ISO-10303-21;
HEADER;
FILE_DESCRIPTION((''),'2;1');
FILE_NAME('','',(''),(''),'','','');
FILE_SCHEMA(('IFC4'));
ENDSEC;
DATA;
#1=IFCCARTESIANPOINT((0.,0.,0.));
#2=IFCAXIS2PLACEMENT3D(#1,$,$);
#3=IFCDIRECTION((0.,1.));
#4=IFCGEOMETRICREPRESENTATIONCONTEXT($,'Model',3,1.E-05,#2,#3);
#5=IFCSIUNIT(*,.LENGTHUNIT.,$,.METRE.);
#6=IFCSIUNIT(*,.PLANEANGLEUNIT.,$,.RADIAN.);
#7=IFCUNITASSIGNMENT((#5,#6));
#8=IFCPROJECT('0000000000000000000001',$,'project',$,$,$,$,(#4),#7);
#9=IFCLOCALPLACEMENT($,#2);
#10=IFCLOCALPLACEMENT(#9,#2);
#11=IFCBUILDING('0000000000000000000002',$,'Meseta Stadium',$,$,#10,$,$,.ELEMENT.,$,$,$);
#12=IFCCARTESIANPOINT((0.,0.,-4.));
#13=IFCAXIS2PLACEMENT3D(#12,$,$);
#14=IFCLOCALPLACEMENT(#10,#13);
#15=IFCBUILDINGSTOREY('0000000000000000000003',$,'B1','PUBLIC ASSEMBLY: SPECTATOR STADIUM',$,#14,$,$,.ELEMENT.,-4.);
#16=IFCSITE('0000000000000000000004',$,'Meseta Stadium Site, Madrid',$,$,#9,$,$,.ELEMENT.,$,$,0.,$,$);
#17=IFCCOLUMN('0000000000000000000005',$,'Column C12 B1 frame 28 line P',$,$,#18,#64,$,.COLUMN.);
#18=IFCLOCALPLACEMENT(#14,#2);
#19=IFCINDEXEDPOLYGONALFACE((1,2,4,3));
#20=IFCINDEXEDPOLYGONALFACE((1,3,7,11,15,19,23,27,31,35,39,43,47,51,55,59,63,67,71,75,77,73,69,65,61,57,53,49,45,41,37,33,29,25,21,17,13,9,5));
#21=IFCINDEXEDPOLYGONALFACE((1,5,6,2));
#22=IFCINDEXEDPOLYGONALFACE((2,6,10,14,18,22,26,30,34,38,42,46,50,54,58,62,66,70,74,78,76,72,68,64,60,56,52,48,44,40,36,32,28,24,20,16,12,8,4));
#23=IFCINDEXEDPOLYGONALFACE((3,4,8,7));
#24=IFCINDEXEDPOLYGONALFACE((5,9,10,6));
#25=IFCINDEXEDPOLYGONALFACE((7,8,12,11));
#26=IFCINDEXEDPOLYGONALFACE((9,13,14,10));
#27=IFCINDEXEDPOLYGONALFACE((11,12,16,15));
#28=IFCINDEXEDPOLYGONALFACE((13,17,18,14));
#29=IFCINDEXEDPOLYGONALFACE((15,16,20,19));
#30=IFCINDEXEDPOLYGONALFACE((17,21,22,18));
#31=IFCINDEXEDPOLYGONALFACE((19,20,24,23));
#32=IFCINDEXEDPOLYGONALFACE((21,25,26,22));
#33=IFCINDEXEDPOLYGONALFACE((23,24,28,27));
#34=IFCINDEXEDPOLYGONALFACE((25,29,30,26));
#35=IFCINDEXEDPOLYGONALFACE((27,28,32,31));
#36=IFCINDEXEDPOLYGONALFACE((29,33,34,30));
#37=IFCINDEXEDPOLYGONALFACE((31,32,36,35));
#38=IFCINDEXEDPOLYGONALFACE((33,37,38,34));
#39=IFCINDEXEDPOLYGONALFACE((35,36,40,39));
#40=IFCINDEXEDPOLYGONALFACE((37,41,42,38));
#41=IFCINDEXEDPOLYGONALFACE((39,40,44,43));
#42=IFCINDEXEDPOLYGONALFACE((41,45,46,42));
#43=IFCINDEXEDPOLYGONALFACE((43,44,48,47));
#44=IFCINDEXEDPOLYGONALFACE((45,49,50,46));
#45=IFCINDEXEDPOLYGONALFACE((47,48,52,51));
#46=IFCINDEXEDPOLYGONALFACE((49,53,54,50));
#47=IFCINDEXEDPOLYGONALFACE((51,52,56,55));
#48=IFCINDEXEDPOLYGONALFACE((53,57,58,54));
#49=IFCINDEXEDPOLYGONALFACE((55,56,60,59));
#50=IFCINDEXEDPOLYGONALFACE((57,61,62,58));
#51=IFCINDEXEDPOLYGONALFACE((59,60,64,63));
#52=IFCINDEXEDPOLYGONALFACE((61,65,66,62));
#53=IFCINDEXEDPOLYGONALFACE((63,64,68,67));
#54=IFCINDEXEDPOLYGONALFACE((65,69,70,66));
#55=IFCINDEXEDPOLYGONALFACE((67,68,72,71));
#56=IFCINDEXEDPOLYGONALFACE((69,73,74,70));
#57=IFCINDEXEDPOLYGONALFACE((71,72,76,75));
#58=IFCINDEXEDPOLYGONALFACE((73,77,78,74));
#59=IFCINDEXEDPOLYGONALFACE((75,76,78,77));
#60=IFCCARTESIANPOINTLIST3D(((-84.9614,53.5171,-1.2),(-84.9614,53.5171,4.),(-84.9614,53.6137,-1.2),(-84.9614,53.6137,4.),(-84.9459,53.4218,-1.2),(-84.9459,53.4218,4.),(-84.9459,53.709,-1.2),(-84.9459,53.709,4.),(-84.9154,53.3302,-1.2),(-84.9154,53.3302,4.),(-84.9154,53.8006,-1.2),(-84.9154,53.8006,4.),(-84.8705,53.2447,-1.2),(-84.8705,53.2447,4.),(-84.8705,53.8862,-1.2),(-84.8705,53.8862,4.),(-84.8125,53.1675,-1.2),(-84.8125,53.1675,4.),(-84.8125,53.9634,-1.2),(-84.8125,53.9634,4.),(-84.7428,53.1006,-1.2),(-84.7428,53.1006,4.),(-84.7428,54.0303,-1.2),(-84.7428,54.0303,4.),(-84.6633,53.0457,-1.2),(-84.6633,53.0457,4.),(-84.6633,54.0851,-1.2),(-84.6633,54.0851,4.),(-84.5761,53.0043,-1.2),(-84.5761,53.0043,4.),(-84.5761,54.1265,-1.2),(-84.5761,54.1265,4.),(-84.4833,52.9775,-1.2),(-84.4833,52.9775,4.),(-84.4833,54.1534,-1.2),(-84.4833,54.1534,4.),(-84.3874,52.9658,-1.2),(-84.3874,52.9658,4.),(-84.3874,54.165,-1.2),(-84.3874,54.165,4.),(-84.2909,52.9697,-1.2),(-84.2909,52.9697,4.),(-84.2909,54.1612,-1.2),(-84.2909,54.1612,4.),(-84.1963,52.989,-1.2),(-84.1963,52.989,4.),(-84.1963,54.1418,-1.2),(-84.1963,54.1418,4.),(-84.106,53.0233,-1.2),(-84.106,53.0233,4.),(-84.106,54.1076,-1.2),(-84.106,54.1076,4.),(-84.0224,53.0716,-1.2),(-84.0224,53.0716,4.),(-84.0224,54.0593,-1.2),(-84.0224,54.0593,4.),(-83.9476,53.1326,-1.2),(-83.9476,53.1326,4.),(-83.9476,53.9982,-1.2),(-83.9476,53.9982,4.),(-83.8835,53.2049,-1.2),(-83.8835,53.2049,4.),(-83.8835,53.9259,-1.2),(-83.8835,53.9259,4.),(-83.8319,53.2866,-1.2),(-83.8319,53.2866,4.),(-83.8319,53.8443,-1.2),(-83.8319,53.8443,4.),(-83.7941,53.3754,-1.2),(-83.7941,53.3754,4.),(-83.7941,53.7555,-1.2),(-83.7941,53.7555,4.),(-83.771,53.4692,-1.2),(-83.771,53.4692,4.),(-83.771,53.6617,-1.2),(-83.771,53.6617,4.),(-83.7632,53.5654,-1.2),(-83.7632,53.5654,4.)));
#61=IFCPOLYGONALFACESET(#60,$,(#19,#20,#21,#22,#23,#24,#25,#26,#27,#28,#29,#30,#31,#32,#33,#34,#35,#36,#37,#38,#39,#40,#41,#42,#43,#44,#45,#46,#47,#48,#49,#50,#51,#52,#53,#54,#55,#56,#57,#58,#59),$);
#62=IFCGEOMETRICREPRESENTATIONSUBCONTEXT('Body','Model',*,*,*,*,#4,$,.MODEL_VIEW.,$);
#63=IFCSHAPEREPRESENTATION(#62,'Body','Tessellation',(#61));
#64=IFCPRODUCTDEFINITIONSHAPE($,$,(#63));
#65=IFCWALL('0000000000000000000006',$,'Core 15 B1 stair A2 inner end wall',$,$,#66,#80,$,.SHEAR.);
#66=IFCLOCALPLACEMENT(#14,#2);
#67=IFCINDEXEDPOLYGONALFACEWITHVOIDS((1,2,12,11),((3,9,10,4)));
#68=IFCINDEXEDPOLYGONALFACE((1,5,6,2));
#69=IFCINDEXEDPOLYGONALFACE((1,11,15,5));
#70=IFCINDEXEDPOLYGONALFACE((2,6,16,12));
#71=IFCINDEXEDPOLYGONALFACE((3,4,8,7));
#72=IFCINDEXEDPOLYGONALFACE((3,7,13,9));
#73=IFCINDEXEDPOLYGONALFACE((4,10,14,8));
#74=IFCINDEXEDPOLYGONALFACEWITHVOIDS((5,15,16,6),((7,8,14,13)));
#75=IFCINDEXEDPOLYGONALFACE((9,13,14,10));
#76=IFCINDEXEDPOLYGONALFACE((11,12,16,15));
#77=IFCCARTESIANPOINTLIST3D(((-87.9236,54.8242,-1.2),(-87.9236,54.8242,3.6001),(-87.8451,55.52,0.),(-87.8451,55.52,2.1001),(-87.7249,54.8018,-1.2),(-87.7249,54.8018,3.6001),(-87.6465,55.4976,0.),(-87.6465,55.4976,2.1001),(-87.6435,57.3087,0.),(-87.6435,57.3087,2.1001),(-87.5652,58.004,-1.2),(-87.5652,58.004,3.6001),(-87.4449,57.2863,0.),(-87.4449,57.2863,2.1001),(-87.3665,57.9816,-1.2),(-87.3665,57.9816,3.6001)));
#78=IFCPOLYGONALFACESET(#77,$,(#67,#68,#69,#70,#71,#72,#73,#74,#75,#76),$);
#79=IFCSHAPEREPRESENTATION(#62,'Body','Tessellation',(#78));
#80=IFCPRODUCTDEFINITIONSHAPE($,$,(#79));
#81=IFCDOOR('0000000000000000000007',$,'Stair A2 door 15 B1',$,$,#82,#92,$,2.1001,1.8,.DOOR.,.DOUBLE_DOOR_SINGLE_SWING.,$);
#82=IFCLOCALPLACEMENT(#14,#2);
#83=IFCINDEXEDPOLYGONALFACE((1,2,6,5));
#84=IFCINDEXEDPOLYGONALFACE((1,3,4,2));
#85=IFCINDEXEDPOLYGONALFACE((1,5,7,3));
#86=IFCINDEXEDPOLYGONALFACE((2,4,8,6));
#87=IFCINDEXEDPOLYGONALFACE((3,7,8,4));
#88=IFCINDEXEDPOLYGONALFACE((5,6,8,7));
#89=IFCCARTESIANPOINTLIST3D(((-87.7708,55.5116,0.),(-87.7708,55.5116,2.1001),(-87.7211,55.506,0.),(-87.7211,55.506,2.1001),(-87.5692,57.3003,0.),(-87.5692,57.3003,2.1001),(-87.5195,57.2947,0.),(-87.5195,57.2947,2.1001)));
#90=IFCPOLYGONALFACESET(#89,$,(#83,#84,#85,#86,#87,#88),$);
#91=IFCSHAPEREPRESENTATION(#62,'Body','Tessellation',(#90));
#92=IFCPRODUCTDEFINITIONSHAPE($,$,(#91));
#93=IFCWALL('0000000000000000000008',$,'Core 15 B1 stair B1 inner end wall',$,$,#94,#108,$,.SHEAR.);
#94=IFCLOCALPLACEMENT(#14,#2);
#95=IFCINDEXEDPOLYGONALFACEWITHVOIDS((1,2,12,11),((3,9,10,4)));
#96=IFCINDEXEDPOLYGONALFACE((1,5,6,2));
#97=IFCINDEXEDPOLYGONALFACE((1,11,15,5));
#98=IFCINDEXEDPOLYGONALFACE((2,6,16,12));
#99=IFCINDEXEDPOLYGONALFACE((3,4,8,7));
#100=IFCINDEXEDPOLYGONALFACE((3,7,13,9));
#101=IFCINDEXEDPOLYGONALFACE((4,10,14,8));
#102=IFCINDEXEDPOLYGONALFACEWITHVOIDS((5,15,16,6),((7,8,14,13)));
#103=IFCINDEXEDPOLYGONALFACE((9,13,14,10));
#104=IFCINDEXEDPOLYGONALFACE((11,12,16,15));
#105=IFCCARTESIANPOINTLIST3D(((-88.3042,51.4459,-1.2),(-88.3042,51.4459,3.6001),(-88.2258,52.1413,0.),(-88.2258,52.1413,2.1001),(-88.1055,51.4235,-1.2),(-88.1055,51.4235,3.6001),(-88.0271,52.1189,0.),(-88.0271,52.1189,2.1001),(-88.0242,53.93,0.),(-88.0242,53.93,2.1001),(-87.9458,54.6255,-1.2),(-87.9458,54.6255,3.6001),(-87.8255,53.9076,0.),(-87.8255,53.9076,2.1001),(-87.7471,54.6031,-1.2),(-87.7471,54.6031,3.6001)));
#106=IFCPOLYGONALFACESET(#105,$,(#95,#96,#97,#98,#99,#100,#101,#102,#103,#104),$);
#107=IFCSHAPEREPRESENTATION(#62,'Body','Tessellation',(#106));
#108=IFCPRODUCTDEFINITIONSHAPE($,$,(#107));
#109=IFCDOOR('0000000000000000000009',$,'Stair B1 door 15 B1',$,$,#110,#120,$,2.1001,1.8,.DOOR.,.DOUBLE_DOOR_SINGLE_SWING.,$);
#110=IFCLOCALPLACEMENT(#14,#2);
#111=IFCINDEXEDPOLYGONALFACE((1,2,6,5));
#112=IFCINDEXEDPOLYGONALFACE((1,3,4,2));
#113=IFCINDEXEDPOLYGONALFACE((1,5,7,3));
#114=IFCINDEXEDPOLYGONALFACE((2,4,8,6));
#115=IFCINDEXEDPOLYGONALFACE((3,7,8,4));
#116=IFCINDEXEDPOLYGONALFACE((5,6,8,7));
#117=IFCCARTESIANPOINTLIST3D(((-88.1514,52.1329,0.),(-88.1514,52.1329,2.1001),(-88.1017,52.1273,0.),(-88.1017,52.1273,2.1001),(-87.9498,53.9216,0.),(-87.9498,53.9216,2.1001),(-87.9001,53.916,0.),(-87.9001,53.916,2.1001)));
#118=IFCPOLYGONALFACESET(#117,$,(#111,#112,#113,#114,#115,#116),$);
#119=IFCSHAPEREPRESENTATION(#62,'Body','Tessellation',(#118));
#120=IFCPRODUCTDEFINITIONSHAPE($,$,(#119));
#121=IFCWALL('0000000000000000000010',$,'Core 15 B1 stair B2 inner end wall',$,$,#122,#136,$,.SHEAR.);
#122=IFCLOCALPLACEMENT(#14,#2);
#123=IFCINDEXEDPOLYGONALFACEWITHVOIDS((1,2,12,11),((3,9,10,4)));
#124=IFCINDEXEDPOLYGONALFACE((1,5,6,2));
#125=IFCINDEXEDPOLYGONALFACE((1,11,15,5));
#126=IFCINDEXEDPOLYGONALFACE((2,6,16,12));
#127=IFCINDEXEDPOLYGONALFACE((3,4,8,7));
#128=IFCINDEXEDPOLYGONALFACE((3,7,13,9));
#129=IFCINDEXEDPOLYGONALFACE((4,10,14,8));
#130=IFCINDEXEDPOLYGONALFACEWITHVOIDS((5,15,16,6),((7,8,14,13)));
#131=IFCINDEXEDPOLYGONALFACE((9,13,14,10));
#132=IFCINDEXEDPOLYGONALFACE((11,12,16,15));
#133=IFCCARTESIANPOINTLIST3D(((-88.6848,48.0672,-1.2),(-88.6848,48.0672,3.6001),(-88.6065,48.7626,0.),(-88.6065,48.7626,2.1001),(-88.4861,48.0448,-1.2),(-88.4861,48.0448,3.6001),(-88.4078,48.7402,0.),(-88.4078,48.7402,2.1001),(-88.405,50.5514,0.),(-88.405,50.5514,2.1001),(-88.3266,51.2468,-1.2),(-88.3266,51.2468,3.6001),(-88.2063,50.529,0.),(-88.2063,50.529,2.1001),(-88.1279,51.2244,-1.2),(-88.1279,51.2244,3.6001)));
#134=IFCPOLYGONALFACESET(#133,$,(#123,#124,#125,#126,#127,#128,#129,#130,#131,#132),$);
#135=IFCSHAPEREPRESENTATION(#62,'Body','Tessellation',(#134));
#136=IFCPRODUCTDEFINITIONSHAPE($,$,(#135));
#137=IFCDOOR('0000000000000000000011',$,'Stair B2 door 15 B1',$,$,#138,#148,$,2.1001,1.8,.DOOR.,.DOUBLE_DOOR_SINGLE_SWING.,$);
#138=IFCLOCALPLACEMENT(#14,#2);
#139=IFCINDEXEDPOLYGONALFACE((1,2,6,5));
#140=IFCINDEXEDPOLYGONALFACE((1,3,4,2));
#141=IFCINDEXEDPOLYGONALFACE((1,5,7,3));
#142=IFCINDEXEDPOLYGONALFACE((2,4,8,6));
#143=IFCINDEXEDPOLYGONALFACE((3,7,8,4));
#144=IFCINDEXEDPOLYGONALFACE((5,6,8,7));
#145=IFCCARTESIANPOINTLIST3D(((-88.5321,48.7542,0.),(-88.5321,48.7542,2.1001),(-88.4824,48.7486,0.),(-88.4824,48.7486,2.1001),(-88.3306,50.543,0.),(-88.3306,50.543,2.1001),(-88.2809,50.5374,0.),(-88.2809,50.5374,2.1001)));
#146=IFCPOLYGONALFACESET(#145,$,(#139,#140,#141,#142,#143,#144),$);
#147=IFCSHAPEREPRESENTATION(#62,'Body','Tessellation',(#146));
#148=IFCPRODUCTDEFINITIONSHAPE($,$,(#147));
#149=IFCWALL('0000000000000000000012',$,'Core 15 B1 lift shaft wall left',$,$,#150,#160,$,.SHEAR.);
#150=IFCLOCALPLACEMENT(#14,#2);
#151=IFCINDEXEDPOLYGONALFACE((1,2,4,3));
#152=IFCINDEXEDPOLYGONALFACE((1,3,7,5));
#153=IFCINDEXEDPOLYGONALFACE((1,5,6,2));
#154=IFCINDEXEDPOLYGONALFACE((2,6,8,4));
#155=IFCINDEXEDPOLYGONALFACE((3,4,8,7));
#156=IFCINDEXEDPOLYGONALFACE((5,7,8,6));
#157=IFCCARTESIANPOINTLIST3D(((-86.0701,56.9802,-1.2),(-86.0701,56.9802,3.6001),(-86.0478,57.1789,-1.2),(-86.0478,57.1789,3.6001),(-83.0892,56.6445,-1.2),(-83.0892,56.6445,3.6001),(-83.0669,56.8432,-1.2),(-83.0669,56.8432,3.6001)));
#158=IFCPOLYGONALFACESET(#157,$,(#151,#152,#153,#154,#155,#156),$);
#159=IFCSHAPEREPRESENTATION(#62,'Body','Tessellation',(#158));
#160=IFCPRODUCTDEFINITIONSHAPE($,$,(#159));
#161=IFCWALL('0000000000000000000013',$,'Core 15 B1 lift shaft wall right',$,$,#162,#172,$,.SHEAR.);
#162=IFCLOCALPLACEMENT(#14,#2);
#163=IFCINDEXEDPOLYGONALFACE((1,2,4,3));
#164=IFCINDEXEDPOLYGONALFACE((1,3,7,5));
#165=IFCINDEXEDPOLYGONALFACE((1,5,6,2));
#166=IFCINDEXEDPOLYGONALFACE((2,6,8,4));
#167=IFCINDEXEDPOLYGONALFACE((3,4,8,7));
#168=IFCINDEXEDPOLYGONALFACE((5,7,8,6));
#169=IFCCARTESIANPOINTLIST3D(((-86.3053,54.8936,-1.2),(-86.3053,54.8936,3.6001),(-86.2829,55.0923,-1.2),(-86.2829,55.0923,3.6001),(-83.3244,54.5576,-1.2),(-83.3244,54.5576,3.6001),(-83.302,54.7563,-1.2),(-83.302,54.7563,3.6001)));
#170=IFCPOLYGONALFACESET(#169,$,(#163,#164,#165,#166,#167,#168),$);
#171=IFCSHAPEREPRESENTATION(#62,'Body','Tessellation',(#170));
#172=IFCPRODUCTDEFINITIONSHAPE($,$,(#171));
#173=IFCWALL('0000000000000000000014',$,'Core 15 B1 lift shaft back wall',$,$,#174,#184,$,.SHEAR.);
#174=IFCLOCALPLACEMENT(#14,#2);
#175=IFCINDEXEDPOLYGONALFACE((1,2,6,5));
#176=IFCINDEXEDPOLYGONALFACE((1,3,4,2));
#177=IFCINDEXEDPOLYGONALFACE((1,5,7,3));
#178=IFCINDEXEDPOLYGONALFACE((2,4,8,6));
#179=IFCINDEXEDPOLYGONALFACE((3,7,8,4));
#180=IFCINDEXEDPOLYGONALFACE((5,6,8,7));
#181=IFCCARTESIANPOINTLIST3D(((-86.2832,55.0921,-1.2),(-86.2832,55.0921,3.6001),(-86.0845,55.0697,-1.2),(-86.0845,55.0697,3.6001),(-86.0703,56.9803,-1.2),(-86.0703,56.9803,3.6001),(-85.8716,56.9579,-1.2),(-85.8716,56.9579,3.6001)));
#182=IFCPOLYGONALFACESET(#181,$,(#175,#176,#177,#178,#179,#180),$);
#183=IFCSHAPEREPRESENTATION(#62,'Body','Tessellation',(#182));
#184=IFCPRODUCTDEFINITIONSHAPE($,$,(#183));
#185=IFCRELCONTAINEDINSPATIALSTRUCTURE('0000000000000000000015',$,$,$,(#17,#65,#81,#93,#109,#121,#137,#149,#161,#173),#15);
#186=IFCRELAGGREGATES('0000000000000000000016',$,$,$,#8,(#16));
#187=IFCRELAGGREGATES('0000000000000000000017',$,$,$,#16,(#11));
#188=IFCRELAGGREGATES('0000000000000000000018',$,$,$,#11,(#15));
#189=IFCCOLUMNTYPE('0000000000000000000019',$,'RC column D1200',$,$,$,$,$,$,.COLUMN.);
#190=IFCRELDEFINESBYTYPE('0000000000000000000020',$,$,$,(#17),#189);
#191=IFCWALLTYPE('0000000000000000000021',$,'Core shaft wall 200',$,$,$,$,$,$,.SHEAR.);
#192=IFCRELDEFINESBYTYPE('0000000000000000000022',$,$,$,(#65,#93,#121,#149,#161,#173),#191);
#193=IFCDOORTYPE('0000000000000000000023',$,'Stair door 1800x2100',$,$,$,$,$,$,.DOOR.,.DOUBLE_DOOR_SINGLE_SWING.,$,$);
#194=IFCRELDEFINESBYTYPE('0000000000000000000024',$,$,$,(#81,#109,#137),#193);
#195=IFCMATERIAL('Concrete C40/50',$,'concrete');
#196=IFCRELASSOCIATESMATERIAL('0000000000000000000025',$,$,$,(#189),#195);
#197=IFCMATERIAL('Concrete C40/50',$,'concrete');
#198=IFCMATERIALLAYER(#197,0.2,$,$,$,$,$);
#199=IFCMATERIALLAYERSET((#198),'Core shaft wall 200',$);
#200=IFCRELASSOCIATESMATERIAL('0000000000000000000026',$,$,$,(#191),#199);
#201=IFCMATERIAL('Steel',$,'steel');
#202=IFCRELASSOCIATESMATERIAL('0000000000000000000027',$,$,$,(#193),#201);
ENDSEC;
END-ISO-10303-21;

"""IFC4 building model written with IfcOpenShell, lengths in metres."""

from ifc_helpers import new_model, si_unit, direction, frame, frame_2d, origin, origin_2d, place, context, subcontext, project, spatial, rectangle, circle, extrude, material, layer, layer_set, material_profile, profile_set, type_object, element, fill, save


model = new_model("IFC4")

# Units and contexts
model_context = context("Model", 3, precision=1e-05, world=origin(), true_north=direction((0.0, 1.0)))
body_context = subcontext(model_context, "Body", "Model", "MODEL_VIEW")
ifc_project = project(units=[si_unit("LENGTHUNIT", "METRE"), si_unit("PLANEANGLEUNIT", "RADIAN")], contexts=[model_context])

# Site, building, storey
site_placement = place(None, origin())
site = spatial("IfcSite", under=ifc_project, at=site_placement, Name="Meseta Stadium Site, Madrid", CompositionType="ELEMENT", RefElevation=0.0)
building_placement = place(site_placement, origin())
building = spatial("IfcBuilding", under=site, at=building_placement, Name="Meseta Stadium", CompositionType="ELEMENT")
storey_placement = place(building_placement, frame((0.0, 0.0, -4.0)))
storey = spatial("IfcBuildingStorey", under=building, at=storey_placement, Name="B1", Description="PUBLIC ASSEMBLY: SPECTATOR STADIUM", CompositionType="ELEMENT", Elevation=-4.0)

# Column
ifc_material_1 = material(Name="Concrete C40/50", Category="concrete")
ifc_material_profile = material_profile(ifc_material_1, circle(Radius=0.6001, at=origin_2d()), Name="RC D1200")
ifc_profile_set = profile_set([ifc_material_profile], Name="Concrete C40/50")
column_type = type_object("IfcColumnType", Name="RC column D1200", PredefinedType="COLUMN", material=ifc_profile_set)
column_placement = place(storey_placement, frame((-84.3633, 53.5654, -1.2), z_axis=(0.0, 0.0, 1.0), x_axis=(1.0, 0.0, 0.0)))
element("IfcColumn", 1, at=column_placement, inside=storey, type_object=column_type, Name="Column C12 B1 frame 28 line P", PredefinedType="COLUMN", context=body_context, shape_type="SweptSolid", body=[
    extrude(circle(Radius=0.6001, at=origin_2d()), origin(), (0.0, 0.0, 1.0), 5.2),
])

# Walls, openings, doors
ifc_material_2 = material(Name="Concrete C40/50", Category="concrete")
ifc_layer_1 = layer(ifc_material_2, 0.2)
ifc_layer_set_1 = layer_set([ifc_layer_1], Name="Core shaft wall 200")
wall_type_1 = type_object("IfcWallType", Name="Core shaft wall 200", PredefinedType="SHEAR", material=ifc_layer_set_1)
wall_1_placement = place(storey_placement, frame((-87.4658, 57.9929, -1.2), z_axis=(0.0, 0.0, 1.0), x_axis=(-0.111997, -0.993709, 0.0)))
wall_1 = element("IfcWall", 2, at=wall_1_placement, inside=storey, type_object=wall_type_1, Name="Core 15 B1 stair A2 inner end wall", PredefinedType="SHEAR", context=body_context, shape_type="SweptSolid", body=[
    extrude(rectangle(XDim=3.2, YDim=0.2, at=frame_2d((1.6001, 0.0))), origin(), (0.0, 0.0, 1.0), 4.8),
])
opening_1_placement = place(wall_1_placement, frame((0.7, 0.0, 1.2)))
opening_1 = element("IfcOpeningElement", 3, at=opening_1_placement, cuts=wall_1, PredefinedType="OPENING", context=body_context, shape_type="SweptSolid", body=[
    extrude(rectangle(XDim=1.8, YDim=2.1001, at=frame_2d((0.8999, 1.05))), frame((0.0, 0.1099, 0.0), z_axis=(0.0, -1.0, 0.0), x_axis=(1.0, 0.0, 0.0)), (0.0, 0.0, 1.0), 0.22),
])
ifc_material_3 = material(Name="Steel", Category="steel")
door_type_1 = type_object("IfcDoorType", Name="Stair door 1800x2100", OperationType="DOUBLE_DOOR_SINGLE_SWING", PredefinedType="DOOR", material=ifc_material_3)
door_1_placement = place(opening_1_placement, origin())
door_1 = element("IfcDoor", 4, at=door_1_placement, inside=storey, type_object=door_type_1, Name="Stair A2 door 15 B1", OperationType="DOUBLE_DOOR_SINGLE_SWING", OverallHeight=2.1001, OverallWidth=1.8, PredefinedType="DOOR", context=body_context, shape_type="SweptSolid", body=[
    extrude(rectangle(XDim=1.8, YDim=2.1001, at=frame_2d((0.8999, 1.05))), frame((0.0, 0.0249, 0.0), z_axis=(0.0, -1.0, 0.0), x_axis=(1.0, 0.0, 0.0)), (0.0, 0.0, 1.0), 0.05),
])
fill(opening_1, door_1)
wall_2_placement = place(storey_placement, frame((-87.8464, 54.6143, -1.2), z_axis=(0.0, 0.0, 1.0), x_axis=(-0.112006, -0.993708, 0.0)))
wall_2 = element("IfcWall", 5, at=wall_2_placement, inside=storey, type_object=wall_type_1, Name="Core 15 B1 stair B1 inner end wall", PredefinedType="SHEAR", context=body_context, shape_type="SweptSolid", body=[
    extrude(rectangle(XDim=3.1997, YDim=0.2, at=frame_2d((1.5999, 0.0))), origin(), (0.0, 0.0, 1.0), 4.8),
])
opening_2_placement = place(wall_2_placement, frame((0.7, 0.0, 1.2)))
opening_2 = element("IfcOpeningElement", 6, at=opening_2_placement, cuts=wall_2, PredefinedType="OPENING", context=body_context, shape_type="SweptSolid", body=[
    extrude(rectangle(XDim=1.8, YDim=2.1001, at=frame_2d((0.8999, 1.05))), frame((0.0, 0.1099, 0.0), z_axis=(0.0, -1.0, 0.0), x_axis=(1.0, 0.0, 0.0)), (0.0, 0.0, 1.0), 0.22),
])
door_2_placement = place(opening_2_placement, origin())
door_2 = element("IfcDoor", 7, at=door_2_placement, inside=storey, type_object=door_type_1, Name="Stair B1 door 15 B1", OperationType="DOUBLE_DOOR_SINGLE_SWING", OverallHeight=2.1001, OverallWidth=1.8, PredefinedType="DOOR", context=body_context, shape_type="SweptSolid", body=[
    extrude(rectangle(XDim=1.8, YDim=2.1001, at=frame_2d((0.8999, 1.05))), frame((0.0, 0.0249, 0.0), z_axis=(0.0, -1.0, 0.0), x_axis=(1.0, 0.0, 0.0)), (0.0, 0.0, 1.0), 0.05),
])
fill(opening_2, door_2)
wall_3_placement = place(storey_placement, frame((-88.2273, 51.2356, -1.2), z_axis=(0.0, 0.0, 1.0), x_axis=(-0.11193, -0.993716, 0.0)))
wall_3 = element("IfcWall", 8, at=wall_3_placement, inside=storey, type_object=wall_type_1, Name="Core 15 B1 stair B2 inner end wall", PredefinedType="SHEAR", context=body_context, shape_type="SweptSolid", body=[
    extrude(rectangle(XDim=3.1997, YDim=0.2, at=frame_2d((1.5999, 0.0))), origin(), (0.0, 0.0, 1.0), 4.8),
])
opening_3_placement = place(wall_3_placement, frame((0.7, 0.0, 1.2)))
opening_3 = element("IfcOpeningElement", 9, at=opening_3_placement, cuts=wall_3, PredefinedType="OPENING", context=body_context, shape_type="SweptSolid", body=[
    extrude(rectangle(XDim=1.8, YDim=2.1001, at=frame_2d((0.8999, 1.05))), frame((0.0, 0.1099, 0.0), z_axis=(0.0, -1.0, 0.0), x_axis=(1.0, 0.0, 0.0)), (0.0, 0.0, 1.0), 0.22),
])
door_3_placement = place(opening_3_placement, origin())
door_3 = element("IfcDoor", 10, at=door_3_placement, inside=storey, type_object=door_type_1, Name="Stair B2 door 15 B1", OperationType="DOUBLE_DOOR_SINGLE_SWING", OverallHeight=2.1001, OverallWidth=1.8, PredefinedType="DOOR", context=body_context, shape_type="SweptSolid", body=[
    extrude(rectangle(XDim=1.8, YDim=2.1001, at=frame_2d((0.8999, 1.05))), frame((0.0, 0.0249, 0.0), z_axis=(0.0, -1.0, 0.0), x_axis=(1.0, 0.0, 0.0)), (0.0, 0.0, 1.0), 0.05),
])
fill(opening_3, door_3)

# Walls
for number, where, z_axis, x_axis, name in (
    (11, (-86.0591, 57.0796, -1.2), (0.0, 0.0, 1.0), (0.993719, -0.111905, 0.0), "Core 15 B1 lift shaft wall left"),
    (12, (-86.2942, 54.9929, -1.2), (0.0, 0.0, 1.0), (0.99371, -0.111986, 0.0), "Core 15 B1 lift shaft wall right"),
):
    element("IfcWall", number, at=place(storey_placement, frame(where, z_axis=z_axis, x_axis=x_axis)), inside=storey, type_object=wall_type_1, Name=name, PredefinedType="SHEAR", context=body_context, shape_type="SweptSolid", body=[
        extrude(rectangle(XDim=2.9998, YDim=0.2, at=frame_2d((1.5, 0.0))), origin(), (0.0, 0.0, 1.0), 4.8),
    ])
wall_4_placement = place(storey_placement, frame((-85.9709, 56.9692, -1.2), z_axis=(0.0, 0.0, 1.0), x_axis=(-0.112039, -0.993704, 0.0)))
element("IfcWall", 13, at=wall_4_placement, inside=storey, type_object=wall_type_1, Name="Core 15 B1 lift shaft back wall", PredefinedType="SHEAR", context=body_context, shape_type="SweptSolid", body=[
    extrude(rectangle(XDim=1.9001, YDim=0.2, at=frame_2d((0.9502, 0.0))), origin(), (0.0, 0.0, 1.0), 4.8),
])

save(model, "model.ifc")
